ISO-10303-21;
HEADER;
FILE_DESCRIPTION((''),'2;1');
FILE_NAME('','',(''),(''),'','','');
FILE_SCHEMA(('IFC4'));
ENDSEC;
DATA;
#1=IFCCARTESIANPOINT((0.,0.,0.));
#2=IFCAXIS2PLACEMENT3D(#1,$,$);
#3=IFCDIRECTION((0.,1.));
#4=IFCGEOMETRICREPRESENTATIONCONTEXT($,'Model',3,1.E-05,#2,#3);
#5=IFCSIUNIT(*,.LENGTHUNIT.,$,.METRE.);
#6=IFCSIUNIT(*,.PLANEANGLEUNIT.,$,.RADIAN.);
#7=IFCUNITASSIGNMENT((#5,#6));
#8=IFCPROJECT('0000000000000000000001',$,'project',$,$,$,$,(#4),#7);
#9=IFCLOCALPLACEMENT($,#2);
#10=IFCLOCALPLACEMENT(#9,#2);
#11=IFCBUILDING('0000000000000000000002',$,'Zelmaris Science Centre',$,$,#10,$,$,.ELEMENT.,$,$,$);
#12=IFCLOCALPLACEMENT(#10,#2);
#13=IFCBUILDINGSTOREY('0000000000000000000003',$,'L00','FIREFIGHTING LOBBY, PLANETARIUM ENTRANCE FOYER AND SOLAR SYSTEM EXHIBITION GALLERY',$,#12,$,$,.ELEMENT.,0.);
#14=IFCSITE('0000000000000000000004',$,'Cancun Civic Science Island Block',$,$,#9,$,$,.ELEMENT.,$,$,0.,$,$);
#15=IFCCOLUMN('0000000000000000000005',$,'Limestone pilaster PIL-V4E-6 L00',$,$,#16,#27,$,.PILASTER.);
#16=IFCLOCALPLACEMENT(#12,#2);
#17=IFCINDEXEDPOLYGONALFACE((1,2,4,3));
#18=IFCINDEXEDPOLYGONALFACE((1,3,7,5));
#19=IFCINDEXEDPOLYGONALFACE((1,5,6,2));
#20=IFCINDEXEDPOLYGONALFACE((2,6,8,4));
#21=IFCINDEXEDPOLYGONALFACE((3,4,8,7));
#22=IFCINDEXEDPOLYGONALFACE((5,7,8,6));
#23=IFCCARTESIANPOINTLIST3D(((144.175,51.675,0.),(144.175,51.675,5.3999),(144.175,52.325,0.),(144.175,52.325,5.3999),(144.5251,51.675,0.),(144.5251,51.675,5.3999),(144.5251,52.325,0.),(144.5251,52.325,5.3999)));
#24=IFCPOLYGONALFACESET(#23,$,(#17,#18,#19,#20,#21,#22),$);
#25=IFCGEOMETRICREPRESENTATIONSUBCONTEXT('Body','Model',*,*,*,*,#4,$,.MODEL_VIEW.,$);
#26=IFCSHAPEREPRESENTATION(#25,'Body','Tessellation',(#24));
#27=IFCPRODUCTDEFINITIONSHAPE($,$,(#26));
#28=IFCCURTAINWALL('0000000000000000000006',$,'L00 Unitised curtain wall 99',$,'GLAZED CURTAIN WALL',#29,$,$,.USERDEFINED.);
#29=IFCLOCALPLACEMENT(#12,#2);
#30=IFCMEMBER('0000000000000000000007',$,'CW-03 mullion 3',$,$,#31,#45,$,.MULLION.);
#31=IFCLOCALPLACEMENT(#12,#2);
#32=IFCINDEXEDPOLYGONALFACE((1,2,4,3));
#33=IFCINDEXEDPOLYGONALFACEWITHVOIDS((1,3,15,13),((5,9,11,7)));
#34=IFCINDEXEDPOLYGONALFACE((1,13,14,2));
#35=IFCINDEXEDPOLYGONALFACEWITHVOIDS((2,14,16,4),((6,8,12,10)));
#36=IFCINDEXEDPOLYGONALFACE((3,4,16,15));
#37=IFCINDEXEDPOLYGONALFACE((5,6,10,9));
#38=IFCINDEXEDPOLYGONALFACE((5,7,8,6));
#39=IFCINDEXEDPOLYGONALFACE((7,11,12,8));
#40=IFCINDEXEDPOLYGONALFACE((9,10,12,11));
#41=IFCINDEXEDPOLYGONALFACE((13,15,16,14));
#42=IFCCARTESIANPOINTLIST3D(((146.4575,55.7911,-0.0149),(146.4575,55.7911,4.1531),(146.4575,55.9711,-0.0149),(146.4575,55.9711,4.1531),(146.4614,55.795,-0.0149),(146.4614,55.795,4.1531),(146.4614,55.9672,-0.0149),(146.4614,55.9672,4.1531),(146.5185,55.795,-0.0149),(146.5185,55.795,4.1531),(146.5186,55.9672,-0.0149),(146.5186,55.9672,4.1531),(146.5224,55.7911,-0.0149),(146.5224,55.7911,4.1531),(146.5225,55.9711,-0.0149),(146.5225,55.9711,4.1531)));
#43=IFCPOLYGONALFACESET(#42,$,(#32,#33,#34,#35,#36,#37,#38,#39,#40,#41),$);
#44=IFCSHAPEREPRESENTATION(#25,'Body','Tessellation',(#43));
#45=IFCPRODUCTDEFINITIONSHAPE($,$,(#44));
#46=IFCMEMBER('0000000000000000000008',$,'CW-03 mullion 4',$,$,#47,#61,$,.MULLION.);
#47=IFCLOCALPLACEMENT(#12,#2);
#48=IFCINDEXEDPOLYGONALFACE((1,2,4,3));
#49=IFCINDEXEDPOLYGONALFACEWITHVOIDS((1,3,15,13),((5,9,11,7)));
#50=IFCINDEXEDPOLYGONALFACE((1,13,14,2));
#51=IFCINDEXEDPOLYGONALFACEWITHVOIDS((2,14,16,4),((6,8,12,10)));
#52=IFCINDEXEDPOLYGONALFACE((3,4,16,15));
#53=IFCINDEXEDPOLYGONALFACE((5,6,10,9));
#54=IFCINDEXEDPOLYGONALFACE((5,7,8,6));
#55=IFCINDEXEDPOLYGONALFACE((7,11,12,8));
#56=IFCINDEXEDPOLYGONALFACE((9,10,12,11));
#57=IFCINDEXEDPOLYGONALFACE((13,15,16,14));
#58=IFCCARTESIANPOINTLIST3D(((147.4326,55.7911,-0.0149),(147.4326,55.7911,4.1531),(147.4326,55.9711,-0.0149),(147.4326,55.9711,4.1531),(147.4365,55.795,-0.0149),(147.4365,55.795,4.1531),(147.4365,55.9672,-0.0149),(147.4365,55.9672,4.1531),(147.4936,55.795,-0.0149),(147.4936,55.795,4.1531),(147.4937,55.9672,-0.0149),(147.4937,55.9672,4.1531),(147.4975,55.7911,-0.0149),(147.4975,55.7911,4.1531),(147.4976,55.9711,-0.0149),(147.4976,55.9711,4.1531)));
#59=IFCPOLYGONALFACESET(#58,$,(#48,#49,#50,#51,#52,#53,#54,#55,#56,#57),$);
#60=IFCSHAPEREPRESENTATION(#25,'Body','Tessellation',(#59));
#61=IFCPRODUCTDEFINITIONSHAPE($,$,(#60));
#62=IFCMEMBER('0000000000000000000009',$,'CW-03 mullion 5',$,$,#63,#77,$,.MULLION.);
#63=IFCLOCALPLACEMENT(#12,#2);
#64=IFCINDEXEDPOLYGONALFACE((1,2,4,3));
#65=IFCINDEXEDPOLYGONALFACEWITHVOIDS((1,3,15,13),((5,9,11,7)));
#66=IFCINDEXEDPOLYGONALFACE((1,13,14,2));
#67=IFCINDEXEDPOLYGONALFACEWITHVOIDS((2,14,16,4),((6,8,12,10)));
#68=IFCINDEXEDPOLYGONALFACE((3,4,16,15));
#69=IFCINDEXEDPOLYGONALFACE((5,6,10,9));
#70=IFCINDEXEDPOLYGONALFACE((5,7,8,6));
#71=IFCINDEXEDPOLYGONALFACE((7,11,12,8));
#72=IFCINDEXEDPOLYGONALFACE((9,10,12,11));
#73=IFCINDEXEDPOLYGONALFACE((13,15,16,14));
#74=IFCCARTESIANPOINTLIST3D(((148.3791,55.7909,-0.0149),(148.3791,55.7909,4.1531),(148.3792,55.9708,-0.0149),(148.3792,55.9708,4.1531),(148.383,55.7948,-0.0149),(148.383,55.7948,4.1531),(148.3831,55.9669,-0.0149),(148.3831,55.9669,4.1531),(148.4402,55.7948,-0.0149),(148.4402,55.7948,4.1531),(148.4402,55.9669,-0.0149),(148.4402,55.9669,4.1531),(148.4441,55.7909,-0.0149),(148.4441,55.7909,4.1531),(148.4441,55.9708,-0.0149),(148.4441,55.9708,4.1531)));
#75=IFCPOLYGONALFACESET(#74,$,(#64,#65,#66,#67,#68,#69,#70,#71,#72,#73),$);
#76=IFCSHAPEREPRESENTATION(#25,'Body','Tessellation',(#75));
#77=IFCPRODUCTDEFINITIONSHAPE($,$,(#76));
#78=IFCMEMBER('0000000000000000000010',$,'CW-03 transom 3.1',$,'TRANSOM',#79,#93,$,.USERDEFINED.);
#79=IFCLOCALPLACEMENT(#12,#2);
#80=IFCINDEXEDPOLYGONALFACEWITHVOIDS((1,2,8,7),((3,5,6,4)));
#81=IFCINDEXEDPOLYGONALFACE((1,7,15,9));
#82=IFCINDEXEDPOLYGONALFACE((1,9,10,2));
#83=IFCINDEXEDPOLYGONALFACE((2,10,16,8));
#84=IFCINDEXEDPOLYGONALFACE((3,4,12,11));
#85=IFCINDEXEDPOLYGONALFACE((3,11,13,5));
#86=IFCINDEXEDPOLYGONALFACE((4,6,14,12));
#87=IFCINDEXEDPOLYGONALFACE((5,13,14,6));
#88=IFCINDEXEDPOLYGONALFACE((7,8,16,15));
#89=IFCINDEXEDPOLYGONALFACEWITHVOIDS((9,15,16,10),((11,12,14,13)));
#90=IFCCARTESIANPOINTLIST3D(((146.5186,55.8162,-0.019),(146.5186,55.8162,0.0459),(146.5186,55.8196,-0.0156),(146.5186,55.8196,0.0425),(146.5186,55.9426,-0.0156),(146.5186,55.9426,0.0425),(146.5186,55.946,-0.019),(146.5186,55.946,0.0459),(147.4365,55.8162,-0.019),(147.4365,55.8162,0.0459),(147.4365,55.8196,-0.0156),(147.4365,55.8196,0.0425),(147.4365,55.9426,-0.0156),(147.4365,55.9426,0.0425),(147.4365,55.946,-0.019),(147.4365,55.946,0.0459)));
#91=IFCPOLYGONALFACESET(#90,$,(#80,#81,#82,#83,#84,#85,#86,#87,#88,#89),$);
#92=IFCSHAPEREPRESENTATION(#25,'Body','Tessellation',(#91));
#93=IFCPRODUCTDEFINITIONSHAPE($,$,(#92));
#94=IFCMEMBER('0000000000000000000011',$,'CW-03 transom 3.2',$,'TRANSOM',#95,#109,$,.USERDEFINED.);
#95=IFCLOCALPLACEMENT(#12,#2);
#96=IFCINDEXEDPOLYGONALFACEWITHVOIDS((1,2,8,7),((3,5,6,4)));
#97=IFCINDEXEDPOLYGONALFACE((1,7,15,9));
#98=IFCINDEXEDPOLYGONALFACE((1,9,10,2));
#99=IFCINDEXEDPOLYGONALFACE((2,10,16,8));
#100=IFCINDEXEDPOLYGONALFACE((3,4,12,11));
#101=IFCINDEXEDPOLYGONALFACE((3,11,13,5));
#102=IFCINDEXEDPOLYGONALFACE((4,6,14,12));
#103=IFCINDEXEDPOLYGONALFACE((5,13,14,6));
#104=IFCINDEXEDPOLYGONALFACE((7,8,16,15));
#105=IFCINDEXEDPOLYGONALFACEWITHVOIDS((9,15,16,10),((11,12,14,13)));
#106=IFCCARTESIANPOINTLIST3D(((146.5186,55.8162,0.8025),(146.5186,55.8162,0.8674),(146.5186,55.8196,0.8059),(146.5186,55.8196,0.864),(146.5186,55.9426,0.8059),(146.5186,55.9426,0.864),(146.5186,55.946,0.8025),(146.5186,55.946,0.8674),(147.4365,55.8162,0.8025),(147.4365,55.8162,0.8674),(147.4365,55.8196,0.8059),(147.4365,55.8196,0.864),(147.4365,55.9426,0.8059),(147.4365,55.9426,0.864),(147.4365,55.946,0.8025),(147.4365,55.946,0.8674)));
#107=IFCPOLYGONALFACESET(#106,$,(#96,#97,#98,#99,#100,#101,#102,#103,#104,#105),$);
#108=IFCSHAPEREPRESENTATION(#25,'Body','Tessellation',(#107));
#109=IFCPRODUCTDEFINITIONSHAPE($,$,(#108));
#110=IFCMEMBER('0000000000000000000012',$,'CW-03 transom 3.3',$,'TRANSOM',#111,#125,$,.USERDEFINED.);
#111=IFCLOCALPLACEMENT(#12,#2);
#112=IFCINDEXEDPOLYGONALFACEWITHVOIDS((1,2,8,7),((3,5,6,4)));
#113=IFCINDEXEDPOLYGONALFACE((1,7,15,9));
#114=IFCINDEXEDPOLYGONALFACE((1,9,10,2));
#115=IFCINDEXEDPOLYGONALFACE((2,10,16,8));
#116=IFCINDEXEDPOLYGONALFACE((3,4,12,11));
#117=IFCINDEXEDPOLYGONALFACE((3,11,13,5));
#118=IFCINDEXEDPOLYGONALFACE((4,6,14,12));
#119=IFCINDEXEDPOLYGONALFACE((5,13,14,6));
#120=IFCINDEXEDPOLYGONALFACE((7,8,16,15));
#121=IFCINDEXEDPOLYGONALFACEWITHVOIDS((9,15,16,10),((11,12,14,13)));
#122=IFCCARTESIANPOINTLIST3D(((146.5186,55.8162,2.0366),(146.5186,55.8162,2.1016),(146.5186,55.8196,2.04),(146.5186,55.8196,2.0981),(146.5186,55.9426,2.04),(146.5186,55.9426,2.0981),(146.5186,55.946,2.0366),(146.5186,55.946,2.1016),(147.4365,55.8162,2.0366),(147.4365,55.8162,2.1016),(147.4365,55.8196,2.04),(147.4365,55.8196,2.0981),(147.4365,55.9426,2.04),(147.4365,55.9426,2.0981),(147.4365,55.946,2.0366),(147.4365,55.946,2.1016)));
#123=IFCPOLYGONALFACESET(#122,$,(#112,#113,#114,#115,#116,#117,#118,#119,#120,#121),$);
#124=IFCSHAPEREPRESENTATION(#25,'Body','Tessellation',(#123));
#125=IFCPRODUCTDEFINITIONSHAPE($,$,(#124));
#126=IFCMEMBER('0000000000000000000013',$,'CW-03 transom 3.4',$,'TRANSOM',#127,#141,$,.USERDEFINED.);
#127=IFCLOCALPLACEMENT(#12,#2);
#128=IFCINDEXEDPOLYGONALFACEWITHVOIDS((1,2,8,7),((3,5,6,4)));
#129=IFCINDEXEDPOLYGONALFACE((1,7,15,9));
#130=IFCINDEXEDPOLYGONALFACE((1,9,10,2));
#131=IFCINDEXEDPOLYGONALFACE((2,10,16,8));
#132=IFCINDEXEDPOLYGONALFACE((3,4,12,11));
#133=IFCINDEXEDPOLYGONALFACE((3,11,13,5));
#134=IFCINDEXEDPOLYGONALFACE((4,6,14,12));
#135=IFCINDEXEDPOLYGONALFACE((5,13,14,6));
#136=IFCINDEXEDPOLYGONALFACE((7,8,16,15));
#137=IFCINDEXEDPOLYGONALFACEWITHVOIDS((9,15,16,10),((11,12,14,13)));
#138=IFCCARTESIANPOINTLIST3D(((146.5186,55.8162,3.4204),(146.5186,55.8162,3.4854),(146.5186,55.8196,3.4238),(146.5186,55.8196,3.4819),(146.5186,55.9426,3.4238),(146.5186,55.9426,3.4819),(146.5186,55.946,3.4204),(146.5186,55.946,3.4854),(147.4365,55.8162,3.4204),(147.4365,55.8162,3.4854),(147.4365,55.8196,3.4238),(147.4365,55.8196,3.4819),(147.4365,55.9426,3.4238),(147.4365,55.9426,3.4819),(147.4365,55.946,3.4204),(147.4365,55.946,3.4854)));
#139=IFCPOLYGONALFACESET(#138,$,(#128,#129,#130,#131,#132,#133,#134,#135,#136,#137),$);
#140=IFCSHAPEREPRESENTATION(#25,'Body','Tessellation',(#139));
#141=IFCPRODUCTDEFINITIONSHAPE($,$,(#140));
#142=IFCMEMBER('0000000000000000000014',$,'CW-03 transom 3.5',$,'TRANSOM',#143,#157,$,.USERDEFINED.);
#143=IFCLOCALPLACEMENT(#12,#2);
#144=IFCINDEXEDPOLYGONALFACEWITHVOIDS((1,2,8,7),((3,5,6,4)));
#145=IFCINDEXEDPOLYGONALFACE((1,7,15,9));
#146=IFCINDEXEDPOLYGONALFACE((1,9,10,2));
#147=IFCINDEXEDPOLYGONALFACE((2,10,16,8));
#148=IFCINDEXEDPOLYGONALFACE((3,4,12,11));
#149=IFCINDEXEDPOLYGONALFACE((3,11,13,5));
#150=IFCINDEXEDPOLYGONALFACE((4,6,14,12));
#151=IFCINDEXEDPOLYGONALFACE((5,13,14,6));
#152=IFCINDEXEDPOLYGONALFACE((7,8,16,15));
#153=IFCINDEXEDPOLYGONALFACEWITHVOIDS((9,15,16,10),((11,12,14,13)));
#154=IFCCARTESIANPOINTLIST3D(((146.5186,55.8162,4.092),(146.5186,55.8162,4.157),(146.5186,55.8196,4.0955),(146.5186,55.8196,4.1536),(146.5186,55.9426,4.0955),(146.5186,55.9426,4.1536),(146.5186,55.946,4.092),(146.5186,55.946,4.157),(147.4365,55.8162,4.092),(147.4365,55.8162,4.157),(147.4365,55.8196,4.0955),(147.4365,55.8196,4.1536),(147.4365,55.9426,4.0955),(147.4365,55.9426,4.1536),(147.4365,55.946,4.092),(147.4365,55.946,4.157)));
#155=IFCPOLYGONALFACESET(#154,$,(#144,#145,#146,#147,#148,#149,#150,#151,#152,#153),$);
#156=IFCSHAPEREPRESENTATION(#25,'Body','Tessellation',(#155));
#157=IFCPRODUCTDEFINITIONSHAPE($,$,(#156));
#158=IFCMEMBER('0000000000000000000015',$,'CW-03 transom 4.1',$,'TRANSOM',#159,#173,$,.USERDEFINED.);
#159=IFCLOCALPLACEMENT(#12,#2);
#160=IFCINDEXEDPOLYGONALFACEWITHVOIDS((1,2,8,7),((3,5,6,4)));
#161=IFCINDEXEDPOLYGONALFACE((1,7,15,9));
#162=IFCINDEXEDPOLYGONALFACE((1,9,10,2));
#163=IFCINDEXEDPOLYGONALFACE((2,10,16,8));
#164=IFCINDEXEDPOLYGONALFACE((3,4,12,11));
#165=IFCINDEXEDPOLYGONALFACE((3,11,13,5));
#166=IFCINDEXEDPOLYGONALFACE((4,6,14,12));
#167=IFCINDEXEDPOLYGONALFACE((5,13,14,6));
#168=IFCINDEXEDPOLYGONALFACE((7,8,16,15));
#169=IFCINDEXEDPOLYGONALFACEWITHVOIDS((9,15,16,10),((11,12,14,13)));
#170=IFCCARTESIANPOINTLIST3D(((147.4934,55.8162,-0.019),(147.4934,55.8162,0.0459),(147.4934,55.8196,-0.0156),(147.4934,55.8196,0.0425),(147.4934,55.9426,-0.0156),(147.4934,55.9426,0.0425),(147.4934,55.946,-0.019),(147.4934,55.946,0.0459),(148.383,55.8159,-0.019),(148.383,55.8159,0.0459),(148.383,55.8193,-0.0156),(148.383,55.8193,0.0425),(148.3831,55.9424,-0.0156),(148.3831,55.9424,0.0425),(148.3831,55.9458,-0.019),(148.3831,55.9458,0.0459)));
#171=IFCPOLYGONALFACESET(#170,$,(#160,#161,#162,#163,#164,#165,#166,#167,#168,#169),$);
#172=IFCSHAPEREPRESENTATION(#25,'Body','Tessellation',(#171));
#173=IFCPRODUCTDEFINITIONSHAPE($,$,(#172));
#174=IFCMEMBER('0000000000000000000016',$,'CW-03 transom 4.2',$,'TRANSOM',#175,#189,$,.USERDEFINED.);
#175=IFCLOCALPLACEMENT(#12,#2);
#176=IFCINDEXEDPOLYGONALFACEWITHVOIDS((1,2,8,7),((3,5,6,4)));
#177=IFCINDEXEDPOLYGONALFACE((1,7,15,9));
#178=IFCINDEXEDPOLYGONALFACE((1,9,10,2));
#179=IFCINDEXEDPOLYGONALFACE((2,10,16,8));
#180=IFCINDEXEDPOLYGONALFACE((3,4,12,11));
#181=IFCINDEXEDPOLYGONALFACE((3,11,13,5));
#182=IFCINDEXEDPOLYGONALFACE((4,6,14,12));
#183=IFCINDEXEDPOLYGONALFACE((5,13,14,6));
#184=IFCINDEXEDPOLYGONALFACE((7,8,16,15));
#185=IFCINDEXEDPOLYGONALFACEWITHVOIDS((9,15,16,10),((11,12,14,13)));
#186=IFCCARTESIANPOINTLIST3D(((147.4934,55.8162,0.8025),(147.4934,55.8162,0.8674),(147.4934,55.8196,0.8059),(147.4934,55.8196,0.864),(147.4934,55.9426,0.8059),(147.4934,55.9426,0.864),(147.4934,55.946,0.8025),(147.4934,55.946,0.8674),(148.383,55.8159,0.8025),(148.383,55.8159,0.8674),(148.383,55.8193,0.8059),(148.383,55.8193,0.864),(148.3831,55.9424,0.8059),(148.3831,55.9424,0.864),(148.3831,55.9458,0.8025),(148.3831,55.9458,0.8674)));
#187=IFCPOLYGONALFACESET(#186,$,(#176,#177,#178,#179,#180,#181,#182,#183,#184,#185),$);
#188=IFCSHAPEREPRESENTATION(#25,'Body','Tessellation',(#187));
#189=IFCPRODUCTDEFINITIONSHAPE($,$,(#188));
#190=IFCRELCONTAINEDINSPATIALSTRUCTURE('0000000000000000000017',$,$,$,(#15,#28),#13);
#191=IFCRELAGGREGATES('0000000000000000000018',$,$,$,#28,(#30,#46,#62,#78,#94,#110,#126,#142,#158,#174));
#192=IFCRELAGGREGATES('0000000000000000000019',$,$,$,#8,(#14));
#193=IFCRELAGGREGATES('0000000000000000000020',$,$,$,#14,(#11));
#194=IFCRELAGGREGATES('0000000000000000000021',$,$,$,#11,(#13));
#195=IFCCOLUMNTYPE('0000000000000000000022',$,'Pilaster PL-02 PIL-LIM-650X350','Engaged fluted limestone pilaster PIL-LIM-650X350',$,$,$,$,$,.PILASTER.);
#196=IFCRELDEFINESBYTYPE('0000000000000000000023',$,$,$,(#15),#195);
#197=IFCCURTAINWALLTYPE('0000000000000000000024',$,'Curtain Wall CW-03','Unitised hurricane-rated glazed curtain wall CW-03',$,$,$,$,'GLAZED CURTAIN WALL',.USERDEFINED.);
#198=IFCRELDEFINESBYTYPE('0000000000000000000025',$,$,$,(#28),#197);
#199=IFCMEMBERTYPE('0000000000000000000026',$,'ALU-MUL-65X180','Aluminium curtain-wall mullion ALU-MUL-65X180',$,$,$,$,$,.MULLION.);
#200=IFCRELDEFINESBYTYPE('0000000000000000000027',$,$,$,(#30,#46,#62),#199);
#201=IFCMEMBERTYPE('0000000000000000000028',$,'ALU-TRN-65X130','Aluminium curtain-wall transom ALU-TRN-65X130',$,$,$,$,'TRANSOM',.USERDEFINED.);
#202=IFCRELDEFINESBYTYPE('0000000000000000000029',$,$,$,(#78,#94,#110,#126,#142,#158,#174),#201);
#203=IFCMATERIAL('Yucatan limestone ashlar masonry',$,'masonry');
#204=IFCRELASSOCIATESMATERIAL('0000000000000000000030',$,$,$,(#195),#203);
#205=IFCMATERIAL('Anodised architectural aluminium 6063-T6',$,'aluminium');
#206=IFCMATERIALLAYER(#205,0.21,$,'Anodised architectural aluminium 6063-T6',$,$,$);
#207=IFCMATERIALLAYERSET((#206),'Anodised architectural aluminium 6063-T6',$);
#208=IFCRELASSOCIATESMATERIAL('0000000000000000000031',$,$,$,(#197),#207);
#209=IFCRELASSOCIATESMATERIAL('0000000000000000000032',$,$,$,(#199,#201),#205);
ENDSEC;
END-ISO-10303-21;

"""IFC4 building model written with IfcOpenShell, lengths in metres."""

from ifc_helpers import new_model, si_unit, direction, frame, origin, origin_2d, place, context, subcontext, project, spatial, rectangle, hollow_rectangle, extrude, material, layer, layer_set, material_profile, profile_set, type_object, element, aggregate, save


model = new_model("IFC4")

# Units and contexts
model_context = context("Model", 3, precision=1e-05, world=origin(), true_north=direction((0.0, 1.0)))
body_context = subcontext(model_context, "Body", "Model", "MODEL_VIEW")
ifc_project = project(units=[si_unit("LENGTHUNIT", "METRE"), si_unit("PLANEANGLEUNIT", "RADIAN")], contexts=[model_context])

# Site, building, storey
site_placement = place(None, origin())
site = spatial("IfcSite", under=ifc_project, at=site_placement, Name="Cancun Civic Science Island Block", CompositionType="ELEMENT", RefElevation=0.0)
building_placement = place(site_placement, origin())
building = spatial("IfcBuilding", under=site, at=building_placement, Name="Zelmaris Science Centre", CompositionType="ELEMENT")
storey_placement = place(building_placement, origin())
storey = spatial("IfcBuildingStorey", under=building, at=storey_placement, Name="L00", Description="FIREFIGHTING LOBBY, PLANETARIUM ENTRANCE FOYER AND SOLAR SYSTEM EXHIBITION GALLERY", CompositionType="ELEMENT", Elevation=0.0)

# Column
ifc_material_1 = material(Name="Yucatan limestone ashlar masonry", Category="masonry")
ifc_material_profile_1 = material_profile(ifc_material_1, rectangle(XDim=0.6499, YDim=0.3501, at=origin_2d()), Name="PIL-LIM-650X350")
ifc_profile_set_1 = profile_set([ifc_material_profile_1], Name="Yucatan limestone ashlar masonry")
column_type_1 = type_object("IfcColumnType", Name="Pilaster PL-02 PIL-LIM-650X350", Description="Engaged fluted limestone pilaster PIL-LIM-650X350", PredefinedType="PILASTER", material=ifc_profile_set_1)
for number, where, z_axis, x_axis, name in (
    (1, (144.3501, 52.0, 0.0), (0.0, 0.0, 1.0), (0.0, 1.0, 0.0), "Limestone pilaster PIL-V4E-6 L00"),
):
    element("IfcColumn", number, at=place(storey_placement, frame(where, z_axis=z_axis, x_axis=x_axis)), inside=storey, type_object=column_type_1, Name=name, PredefinedType="PILASTER", context=body_context, shape_type="SweptSolid", body=[
        extrude(rectangle(XDim=0.6499, YDim=0.3501, at=origin_2d()), origin(), (0.0, 0.0, 1.0), 5.3999),
    ])

# Curtain wall, members
ifc_material_2 = material(Name="Anodised architectural aluminium 6063-T6", Category="aluminium")
ifc_layer_1 = layer(ifc_material_2, 0.21, Name="Anodised architectural aluminium 6063-T6")
ifc_layer_set_1 = layer_set([ifc_layer_1], Name="Anodised architectural aluminium 6063-T6")
curtain_wall_type = type_object("IfcCurtainWallType", Name="Curtain Wall CW-03", Description="Unitised hurricane-rated glazed curtain wall CW-03", ElementType="GLAZED CURTAIN WALL", PredefinedType="USERDEFINED", material=ifc_layer_set_1)
curtain_wall_placement = place(storey_placement, origin())
curtain_wall = element("IfcCurtainWall", 2, at=curtain_wall_placement, inside=storey, type_object=curtain_wall_type, Name="L00 Unitised curtain wall 99", ObjectType="GLAZED CURTAIN WALL", PredefinedType="USERDEFINED")
ifc_material_profile_2 = material_profile(ifc_material_2, hollow_rectangle(XDim=0.0649, YDim=0.1799, WallThickness=0.0039, at=origin_2d()), Name="ALU-MUL-65X180")
ifc_profile_set_2 = profile_set([ifc_material_profile_2], Name="Anodised architectural aluminium 6063-T6")
member_type_1 = type_object("IfcMemberType", Name="ALU-MUL-65X180", Description="Aluminium curtain-wall mullion ALU-MUL-65X180", PredefinedType="MULLION", material=ifc_profile_set_2)
member_1_placement = place(storey_placement, frame((146.49, 55.8811, -0.0149), z_axis=(0.0, 0.0, 1.0), x_axis=(1.0, -0.000194, 0.0)))
member_1 = element("IfcMember", 3, at=member_1_placement, type_object=member_type_1, Name="CW-03 mullion 3", PredefinedType="MULLION", context=body_context, shape_type="SweptSolid", body=[
    extrude(hollow_rectangle(XDim=0.0649, YDim=0.1799, WallThickness=0.0039, at=origin_2d()), origin(), (0.0, 0.0, 1.0), 4.168),
])
member_2_placement = place(storey_placement, frame((147.4651, 55.8811, -0.0149), z_axis=(0.0, 0.0, 1.0), x_axis=(1.0, -0.000194, 0.0)))
member_2 = element("IfcMember", 4, at=member_2_placement, type_object=member_type_1, Name="CW-03 mullion 4", PredefinedType="MULLION", context=body_context, shape_type="SweptSolid", body=[
    extrude(hollow_rectangle(XDim=0.0649, YDim=0.1799, WallThickness=0.0039, at=origin_2d()), origin(), (0.0, 0.0, 1.0), 4.168),
])
member_3_placement = place(storey_placement, frame((148.4116, 55.8809, -0.0149), z_axis=(0.0, 0.0, 1.0), x_axis=(1.0, -0.000194, 0.0)))
member_3 = element("IfcMember", 5, at=member_3_placement, type_object=member_type_1, Name="CW-03 mullion 5", PredefinedType="MULLION", context=body_context, shape_type="SweptSolid", body=[
    extrude(hollow_rectangle(XDim=0.0649, YDim=0.1799, WallThickness=0.0039, at=origin_2d()), origin(), (0.0, 0.0, 1.0), 4.168),
])
ifc_material_profile_3 = material_profile(ifc_material_2, hollow_rectangle(XDim=0.0649, YDim=0.1299, WallThickness=0.0034, at=origin_2d()), Name="ALU-TRN-65X130")
ifc_profile_set_3 = profile_set([ifc_material_profile_3], Name="Anodised architectural aluminium 6063-T6")
member_type_2 = type_object("IfcMemberType", Name="ALU-TRN-65X130", Description="Aluminium curtain-wall transom ALU-TRN-65X130", ElementType="TRANSOM", PredefinedType="USERDEFINED", material=ifc_profile_set_3)
member_4_placement = place(storey_placement, frame((146.5186, 55.8811, 0.0134), z_axis=(1.0, 0.0, 0.0), x_axis=(0.0, 0.0, 1.0)))
member_4 = element("IfcMember", 6, at=member_4_placement, type_object=member_type_2, Name="CW-03 transom 3.1", ObjectType="TRANSOM", PredefinedType="USERDEFINED", context=body_context, shape_type="SweptSolid", body=[
    extrude(hollow_rectangle(XDim=0.0649, YDim=0.1299, WallThickness=0.0034, at=origin_2d()), origin(), (0.0, 0.0, 1.0), 0.918),
])
member_5_placement = place(storey_placement, frame((146.5186, 55.8811, 0.835), z_axis=(1.0, 0.0, 0.0), x_axis=(0.0, 0.0, 1.0)))
member_5 = element("IfcMember", 7, at=member_5_placement, type_object=member_type_2, Name="CW-03 transom 3.2", ObjectType="TRANSOM", PredefinedType="USERDEFINED", context=body_context, shape_type="SweptSolid", body=[
    extrude(hollow_rectangle(XDim=0.0649, YDim=0.1299, WallThickness=0.0034, at=origin_2d()), origin(), (0.0, 0.0, 1.0), 0.918),
])
member_6_placement = place(storey_placement, frame((146.5186, 55.8811, 2.0691), z_axis=(1.0, 0.0, 0.0), x_axis=(0.0, 0.0, 1.0)))
member_6 = element("IfcMember", 8, at=member_6_placement, type_object=member_type_2, Name="CW-03 transom 3.3", ObjectType="TRANSOM", PredefinedType="USERDEFINED", context=body_context, shape_type="SweptSolid", body=[
    extrude(hollow_rectangle(XDim=0.0649, YDim=0.1299, WallThickness=0.0034, at=origin_2d()), origin(), (0.0, 0.0, 1.0), 0.918),
])
member_7_placement = place(storey_placement, frame((146.5186, 55.8811, 3.4529), z_axis=(1.0, 0.0, 0.0), x_axis=(0.0, 0.0, 1.0)))
member_7 = element("IfcMember", 9, at=member_7_placement, type_object=member_type_2, Name="CW-03 transom 3.4", ObjectType="TRANSOM", PredefinedType="USERDEFINED", context=body_context, shape_type="SweptSolid", body=[
    extrude(hollow_rectangle(XDim=0.0649, YDim=0.1299, WallThickness=0.0034, at=origin_2d()), origin(), (0.0, 0.0, 1.0), 0.918),
])
member_8_placement = place(storey_placement, frame((146.5186, 55.8811, 4.1245), z_axis=(1.0, 0.0, 0.0), x_axis=(0.0, 0.0, 1.0)))
member_8 = element("IfcMember", 10, at=member_8_placement, type_object=member_type_2, Name="CW-03 transom 3.5", ObjectType="TRANSOM", PredefinedType="USERDEFINED", context=body_context, shape_type="SweptSolid", body=[
    extrude(hollow_rectangle(XDim=0.0649, YDim=0.1299, WallThickness=0.0034, at=origin_2d()), origin(), (0.0, 0.0, 1.0), 0.918),
])
member_9_placement = place(storey_placement, frame((147.4934, 55.8811, 0.0134), z_axis=(1.0, -0.000274, 0.0), x_axis=(0.0, 0.0, 1.0)))
member_9 = element("IfcMember", 11, at=member_9_placement, type_object=member_type_2, Name="CW-03 transom 4.1", ObjectType="TRANSOM", PredefinedType="USERDEFINED", context=body_context, shape_type="SweptSolid", body=[
    extrude(hollow_rectangle(XDim=0.0649, YDim=0.1299, WallThickness=0.0034, at=origin_2d()), origin(), (0.0, 0.0, 1.0), 0.8896),
])
member_10_placement = place(storey_placement, frame((147.4934, 55.8811, 0.835), z_axis=(1.0, -0.000274, 0.0), x_axis=(0.0, 0.0, 1.0)))
member_10 = element("IfcMember", 12, at=member_10_placement, type_object=member_type_2, Name="CW-03 transom 4.2", ObjectType="TRANSOM", PredefinedType="USERDEFINED", context=body_context, shape_type="SweptSolid", body=[
    extrude(hollow_rectangle(XDim=0.0649, YDim=0.1299, WallThickness=0.0034, at=origin_2d()), origin(), (0.0, 0.0, 1.0), 0.8896),
])

aggregate(curtain_wall, [member_1, member_2, member_3, member_4, member_5, member_6, member_7, member_8, member_9, member_10])

save(model, "model.ifc")
